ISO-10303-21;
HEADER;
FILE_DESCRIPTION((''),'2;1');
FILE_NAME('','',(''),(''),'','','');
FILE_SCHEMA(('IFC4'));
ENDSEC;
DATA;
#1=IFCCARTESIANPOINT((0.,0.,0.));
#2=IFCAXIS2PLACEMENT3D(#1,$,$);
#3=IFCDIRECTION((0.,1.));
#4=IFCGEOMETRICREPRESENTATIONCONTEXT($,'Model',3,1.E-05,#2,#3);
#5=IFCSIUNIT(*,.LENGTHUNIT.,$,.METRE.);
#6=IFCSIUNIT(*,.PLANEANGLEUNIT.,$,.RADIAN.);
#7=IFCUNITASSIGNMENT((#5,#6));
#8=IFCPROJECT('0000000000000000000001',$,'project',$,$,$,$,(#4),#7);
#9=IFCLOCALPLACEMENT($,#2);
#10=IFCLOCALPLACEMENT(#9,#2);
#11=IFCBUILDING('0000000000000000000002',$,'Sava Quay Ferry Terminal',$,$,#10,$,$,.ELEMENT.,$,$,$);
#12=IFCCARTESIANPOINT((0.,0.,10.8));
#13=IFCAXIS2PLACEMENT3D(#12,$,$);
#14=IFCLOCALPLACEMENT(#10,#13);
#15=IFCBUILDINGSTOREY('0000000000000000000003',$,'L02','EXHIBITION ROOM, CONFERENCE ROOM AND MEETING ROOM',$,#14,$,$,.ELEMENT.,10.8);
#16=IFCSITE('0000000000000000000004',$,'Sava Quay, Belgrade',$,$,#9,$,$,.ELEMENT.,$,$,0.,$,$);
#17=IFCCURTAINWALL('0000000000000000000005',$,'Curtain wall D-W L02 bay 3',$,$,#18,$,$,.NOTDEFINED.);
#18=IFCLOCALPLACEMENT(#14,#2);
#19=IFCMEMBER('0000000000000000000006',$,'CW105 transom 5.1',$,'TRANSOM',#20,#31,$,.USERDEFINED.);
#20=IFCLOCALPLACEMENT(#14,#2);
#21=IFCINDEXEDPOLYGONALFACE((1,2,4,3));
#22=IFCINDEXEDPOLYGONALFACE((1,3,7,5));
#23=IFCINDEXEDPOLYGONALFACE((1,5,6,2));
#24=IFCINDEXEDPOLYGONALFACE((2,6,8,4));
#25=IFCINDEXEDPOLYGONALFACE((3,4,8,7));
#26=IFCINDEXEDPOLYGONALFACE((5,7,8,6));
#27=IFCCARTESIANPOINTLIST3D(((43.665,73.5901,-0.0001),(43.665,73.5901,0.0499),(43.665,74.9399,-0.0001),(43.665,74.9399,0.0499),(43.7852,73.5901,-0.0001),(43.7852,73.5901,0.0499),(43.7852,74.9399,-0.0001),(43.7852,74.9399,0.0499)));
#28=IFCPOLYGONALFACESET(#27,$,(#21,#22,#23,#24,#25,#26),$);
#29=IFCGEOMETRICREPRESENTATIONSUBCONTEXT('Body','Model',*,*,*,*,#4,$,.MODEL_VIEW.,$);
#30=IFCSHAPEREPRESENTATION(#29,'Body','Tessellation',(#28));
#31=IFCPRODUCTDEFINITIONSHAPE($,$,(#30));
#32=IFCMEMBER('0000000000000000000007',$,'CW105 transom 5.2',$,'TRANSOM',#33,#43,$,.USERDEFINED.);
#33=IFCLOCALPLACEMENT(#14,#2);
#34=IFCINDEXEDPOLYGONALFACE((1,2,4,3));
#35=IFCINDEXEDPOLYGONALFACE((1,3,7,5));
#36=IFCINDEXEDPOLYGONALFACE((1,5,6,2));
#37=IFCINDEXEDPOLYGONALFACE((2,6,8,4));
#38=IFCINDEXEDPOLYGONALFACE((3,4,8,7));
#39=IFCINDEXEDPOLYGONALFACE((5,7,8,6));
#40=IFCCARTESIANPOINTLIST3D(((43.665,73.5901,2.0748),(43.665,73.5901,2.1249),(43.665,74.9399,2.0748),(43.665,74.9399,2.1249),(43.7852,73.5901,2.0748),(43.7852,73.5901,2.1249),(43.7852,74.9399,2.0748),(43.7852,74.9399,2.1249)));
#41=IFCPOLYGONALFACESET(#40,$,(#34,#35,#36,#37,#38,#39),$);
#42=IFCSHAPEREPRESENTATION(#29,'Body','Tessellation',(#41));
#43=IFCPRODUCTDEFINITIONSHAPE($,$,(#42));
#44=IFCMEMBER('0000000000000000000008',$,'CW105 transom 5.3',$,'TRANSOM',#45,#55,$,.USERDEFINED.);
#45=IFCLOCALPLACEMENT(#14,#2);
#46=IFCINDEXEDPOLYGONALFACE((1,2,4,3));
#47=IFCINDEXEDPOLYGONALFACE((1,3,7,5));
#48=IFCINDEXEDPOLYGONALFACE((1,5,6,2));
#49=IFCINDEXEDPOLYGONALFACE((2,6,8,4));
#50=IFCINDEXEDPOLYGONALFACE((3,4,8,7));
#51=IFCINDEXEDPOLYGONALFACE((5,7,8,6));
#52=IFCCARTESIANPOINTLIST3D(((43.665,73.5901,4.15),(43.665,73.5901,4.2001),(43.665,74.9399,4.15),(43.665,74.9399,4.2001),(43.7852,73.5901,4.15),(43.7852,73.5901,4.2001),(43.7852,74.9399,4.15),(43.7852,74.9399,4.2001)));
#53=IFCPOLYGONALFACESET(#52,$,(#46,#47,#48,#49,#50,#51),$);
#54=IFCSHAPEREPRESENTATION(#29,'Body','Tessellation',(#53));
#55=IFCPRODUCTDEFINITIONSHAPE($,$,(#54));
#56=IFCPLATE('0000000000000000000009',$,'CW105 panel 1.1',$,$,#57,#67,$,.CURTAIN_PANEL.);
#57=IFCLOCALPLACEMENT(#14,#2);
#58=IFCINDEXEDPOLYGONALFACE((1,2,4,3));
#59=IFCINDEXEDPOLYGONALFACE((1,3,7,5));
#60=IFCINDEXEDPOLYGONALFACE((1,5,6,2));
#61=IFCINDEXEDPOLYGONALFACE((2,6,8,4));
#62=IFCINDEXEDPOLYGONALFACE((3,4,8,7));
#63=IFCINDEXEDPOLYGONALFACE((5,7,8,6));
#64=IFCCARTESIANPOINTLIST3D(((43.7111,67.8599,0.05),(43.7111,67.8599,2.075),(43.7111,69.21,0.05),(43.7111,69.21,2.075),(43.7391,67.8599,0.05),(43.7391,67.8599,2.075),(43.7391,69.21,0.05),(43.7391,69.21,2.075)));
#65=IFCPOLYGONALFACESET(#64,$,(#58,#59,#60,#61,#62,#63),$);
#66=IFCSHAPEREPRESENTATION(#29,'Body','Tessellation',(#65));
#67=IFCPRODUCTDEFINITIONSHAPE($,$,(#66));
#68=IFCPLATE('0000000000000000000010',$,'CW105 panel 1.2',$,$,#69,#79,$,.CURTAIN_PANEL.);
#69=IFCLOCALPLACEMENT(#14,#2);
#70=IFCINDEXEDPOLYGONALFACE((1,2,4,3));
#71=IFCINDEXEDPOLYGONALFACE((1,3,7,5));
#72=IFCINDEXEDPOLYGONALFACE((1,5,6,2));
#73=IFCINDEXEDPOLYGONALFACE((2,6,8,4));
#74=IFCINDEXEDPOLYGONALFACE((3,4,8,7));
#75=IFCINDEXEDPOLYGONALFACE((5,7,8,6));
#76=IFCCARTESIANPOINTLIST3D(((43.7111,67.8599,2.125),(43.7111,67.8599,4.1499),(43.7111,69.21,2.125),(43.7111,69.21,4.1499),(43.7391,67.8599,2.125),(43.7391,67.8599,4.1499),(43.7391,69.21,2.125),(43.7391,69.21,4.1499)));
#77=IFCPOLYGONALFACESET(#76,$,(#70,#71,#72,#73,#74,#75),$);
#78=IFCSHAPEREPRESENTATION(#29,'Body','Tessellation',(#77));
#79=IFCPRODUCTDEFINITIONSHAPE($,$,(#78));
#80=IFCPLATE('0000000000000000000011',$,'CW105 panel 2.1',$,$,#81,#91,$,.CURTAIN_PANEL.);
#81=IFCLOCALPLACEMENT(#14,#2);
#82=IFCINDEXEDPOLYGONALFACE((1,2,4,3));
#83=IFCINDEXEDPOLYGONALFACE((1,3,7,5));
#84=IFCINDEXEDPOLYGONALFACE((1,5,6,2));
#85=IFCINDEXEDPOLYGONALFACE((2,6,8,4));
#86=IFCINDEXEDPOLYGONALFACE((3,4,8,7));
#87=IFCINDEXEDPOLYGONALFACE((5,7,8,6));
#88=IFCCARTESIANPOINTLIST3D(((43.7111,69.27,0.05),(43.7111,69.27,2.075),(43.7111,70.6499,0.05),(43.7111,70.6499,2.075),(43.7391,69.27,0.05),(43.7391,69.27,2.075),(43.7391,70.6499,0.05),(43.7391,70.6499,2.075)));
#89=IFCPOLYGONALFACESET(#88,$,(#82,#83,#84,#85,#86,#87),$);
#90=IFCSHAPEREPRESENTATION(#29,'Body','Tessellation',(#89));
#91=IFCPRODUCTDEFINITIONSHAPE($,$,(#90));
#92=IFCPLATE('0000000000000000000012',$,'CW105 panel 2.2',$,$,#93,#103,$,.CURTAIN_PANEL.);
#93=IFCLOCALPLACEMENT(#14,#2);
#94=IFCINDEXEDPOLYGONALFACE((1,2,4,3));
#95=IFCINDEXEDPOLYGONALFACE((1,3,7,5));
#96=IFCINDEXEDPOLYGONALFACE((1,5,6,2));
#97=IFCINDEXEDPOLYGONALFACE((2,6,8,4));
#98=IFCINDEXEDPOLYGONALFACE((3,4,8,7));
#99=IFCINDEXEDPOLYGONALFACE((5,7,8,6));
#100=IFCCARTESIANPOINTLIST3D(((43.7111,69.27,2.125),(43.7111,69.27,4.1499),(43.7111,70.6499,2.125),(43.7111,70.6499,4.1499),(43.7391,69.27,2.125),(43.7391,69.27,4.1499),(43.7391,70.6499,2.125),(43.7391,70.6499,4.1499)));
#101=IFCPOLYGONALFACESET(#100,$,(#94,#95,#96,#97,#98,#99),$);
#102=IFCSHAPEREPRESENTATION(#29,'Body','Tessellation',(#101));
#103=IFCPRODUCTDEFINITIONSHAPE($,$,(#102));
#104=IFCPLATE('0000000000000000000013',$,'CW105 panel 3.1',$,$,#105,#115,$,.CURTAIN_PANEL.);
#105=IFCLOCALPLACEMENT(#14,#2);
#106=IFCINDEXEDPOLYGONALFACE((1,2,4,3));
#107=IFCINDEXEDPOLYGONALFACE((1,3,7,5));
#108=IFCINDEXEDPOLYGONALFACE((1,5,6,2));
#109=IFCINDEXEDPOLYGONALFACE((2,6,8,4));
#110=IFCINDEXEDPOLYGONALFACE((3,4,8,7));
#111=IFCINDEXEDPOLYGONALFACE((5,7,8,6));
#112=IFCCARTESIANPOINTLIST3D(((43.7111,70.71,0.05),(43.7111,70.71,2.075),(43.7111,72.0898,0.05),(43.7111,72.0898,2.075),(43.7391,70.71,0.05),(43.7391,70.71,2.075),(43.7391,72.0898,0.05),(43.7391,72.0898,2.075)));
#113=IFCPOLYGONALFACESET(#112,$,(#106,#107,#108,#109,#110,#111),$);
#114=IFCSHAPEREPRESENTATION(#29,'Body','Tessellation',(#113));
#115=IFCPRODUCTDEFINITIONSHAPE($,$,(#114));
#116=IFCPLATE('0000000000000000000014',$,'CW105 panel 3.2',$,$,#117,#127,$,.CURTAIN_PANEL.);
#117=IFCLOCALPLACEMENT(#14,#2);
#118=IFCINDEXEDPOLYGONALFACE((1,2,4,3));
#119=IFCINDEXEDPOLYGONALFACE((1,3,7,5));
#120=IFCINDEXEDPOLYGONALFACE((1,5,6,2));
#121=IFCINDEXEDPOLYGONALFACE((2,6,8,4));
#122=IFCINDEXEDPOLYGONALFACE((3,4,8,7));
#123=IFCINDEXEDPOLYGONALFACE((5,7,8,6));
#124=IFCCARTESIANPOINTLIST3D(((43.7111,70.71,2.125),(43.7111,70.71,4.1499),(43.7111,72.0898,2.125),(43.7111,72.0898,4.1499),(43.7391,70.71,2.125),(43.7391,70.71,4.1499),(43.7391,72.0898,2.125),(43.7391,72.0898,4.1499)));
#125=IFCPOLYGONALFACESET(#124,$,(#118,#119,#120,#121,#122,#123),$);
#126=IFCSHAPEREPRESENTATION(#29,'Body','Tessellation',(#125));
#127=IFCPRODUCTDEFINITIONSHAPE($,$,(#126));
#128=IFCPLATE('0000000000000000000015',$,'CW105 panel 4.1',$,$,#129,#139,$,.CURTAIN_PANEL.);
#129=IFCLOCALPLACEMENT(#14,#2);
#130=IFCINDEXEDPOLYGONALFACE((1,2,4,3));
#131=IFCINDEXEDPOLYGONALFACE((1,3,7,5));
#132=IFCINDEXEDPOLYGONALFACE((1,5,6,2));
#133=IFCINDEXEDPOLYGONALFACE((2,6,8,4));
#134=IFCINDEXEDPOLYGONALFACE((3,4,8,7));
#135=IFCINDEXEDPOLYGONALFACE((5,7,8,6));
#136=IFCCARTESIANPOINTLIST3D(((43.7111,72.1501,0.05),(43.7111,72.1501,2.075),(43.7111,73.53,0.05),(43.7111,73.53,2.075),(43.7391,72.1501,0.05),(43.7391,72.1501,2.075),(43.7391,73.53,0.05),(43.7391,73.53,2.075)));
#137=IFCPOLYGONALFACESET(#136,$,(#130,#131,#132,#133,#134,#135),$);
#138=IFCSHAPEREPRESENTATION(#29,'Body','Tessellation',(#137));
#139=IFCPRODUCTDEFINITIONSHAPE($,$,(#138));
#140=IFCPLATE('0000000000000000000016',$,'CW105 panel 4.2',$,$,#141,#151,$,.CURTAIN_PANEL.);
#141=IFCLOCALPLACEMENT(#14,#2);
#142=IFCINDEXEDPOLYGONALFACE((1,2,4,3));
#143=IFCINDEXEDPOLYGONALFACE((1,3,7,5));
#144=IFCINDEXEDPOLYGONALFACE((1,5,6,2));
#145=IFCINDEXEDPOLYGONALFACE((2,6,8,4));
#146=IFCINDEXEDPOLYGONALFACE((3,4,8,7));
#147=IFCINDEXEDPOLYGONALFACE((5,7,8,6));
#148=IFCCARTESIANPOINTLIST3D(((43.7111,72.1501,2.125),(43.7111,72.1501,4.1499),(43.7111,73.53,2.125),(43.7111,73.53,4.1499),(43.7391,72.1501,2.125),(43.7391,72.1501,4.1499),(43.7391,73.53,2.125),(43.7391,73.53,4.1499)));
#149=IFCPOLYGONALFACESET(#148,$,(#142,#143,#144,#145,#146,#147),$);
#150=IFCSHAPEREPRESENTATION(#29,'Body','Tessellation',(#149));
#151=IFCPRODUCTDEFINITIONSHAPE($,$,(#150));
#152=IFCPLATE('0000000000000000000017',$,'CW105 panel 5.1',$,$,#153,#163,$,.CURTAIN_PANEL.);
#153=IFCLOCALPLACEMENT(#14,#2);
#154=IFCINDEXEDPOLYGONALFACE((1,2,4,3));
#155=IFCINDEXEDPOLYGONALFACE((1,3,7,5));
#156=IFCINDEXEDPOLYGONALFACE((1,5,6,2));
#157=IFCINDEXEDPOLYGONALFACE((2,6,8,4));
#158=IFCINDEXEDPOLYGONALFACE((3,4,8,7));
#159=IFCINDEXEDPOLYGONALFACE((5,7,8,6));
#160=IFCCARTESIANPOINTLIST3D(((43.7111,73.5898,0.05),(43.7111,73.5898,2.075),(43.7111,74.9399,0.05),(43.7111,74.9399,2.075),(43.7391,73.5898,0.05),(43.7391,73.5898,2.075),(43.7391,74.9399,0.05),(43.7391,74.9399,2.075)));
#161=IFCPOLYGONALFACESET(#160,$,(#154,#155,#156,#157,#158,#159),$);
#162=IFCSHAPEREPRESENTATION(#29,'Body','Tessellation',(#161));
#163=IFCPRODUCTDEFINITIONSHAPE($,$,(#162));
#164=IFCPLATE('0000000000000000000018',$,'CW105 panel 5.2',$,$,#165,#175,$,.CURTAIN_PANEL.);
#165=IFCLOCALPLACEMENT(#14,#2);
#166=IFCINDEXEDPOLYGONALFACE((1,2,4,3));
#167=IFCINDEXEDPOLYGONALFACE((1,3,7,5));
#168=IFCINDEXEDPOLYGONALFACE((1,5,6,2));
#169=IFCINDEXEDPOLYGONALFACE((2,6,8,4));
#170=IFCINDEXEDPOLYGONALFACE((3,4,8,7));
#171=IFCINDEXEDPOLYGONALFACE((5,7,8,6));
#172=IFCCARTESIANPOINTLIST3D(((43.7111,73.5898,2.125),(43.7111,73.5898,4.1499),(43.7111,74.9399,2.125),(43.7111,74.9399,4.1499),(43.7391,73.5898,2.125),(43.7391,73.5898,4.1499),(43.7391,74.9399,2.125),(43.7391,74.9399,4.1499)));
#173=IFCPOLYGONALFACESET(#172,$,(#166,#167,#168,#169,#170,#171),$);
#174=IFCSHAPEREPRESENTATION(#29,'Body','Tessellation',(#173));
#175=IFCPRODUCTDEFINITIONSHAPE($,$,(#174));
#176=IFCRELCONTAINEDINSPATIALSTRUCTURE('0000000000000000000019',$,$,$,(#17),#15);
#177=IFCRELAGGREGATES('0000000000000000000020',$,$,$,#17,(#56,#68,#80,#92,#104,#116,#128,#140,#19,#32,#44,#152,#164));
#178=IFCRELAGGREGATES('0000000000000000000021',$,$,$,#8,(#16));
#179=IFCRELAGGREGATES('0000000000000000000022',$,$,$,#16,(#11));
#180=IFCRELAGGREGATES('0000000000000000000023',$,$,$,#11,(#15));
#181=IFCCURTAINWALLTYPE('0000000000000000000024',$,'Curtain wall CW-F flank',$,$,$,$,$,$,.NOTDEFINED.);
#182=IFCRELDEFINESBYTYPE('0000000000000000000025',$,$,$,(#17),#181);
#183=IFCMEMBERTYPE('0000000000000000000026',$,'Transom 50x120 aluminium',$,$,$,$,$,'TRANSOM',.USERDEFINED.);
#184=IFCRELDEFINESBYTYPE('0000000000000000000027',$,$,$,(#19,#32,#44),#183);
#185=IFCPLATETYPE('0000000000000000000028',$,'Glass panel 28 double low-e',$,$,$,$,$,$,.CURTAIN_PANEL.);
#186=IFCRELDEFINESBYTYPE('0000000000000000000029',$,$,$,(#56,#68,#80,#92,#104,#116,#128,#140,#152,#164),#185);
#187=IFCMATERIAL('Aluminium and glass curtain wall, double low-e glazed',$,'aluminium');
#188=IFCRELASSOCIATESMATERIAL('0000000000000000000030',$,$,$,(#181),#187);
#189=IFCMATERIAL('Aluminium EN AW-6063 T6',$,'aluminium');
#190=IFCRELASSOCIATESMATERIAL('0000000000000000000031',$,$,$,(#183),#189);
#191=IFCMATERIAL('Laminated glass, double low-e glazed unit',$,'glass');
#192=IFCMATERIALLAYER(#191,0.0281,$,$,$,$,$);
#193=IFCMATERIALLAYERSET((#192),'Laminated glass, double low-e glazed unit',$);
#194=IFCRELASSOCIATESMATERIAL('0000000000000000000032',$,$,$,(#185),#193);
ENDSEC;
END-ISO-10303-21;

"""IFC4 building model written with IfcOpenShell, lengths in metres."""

from ifc_helpers import new_model, si_unit, direction, frame, origin, origin_2d, place, context, subcontext, project, spatial, rectangle, extrude, material, layer, layer_set, material_profile, profile_set, type_object, element, aggregate, save


model = new_model("IFC4")

# Units and contexts
model_context = context("Model", 3, precision=1e-05, world=origin(), true_north=direction((0.0, 1.0)))
body_context = subcontext(model_context, "Body", "Model", "MODEL_VIEW")
ifc_project = project(units=[si_unit("LENGTHUNIT", "METRE"), si_unit("PLANEANGLEUNIT", "RADIAN")], contexts=[model_context])

# Site, building, storey
site_placement = place(None, origin())
site = spatial("IfcSite", under=ifc_project, at=site_placement, Name="Sava Quay, Belgrade", CompositionType="ELEMENT", RefElevation=0.0)
building_placement = place(site_placement, origin())
building = spatial("IfcBuilding", under=site, at=building_placement, Name="Sava Quay Ferry Terminal", CompositionType="ELEMENT")
storey_placement = place(building_placement, frame((0.0, 0.0, 10.8)))
storey = spatial("IfcBuildingStorey", under=building, at=storey_placement, Name="L02", Description="EXHIBITION ROOM, CONFERENCE ROOM AND MEETING ROOM", CompositionType="ELEMENT", Elevation=10.8)

# Shared definitions
ifc_material_1 = material(Name="Aluminium and glass curtain wall, double low-e glazed", Category="aluminium")
curtain_wall_type = type_object("IfcCurtainWallType", Name="Curtain wall CW-F flank", PredefinedType="NOTDEFINED", material=ifc_material_1)

# Curtain wall, members, plates
curtain_wall_1_placement = place(storey_placement, origin())
curtain_wall_1 = element("IfcCurtainWall", 1, at=curtain_wall_1_placement, inside=storey, type_object=curtain_wall_type, Name="Curtain wall D-W L02 bay 3", PredefinedType="NOTDEFINED")
ifc_material_2 = material(Name="Aluminium EN AW-6063 T6", Category="aluminium")
ifc_material_profile_1 = material_profile(ifc_material_2, rectangle(XDim=0.1201, YDim=0.05, at=origin_2d()), Name="Transom 50x120 aluminium")
ifc_profile_set_1 = profile_set([ifc_material_profile_1], Name="Aluminium EN AW-6063 T6")
member_type_1 = type_object("IfcMemberType", Name="Transom 50x120 aluminium", ElementType="TRANSOM", PredefinedType="USERDEFINED", material=ifc_profile_set_1)
member_1_placement = place(storey_placement, frame((43.7251, 73.5901, 0.0249), z_axis=(0.0, 1.0, 0.0), x_axis=(-1.0, 0.0, 0.0)))
member_1 = element("IfcMember", 2, at=member_1_placement, type_object=member_type_1, Name="CW105 transom 5.1", ObjectType="TRANSOM", PredefinedType="USERDEFINED", context=body_context, shape_type="SweptSolid", body=[
    extrude(rectangle(XDim=0.1201, YDim=0.05, at=origin_2d()), origin(), (0.0, 0.0, 1.0), 1.3499),
])
member_2_placement = place(storey_placement, frame((43.7251, 73.5901, 2.0999), z_axis=(0.0, 1.0, 0.0), x_axis=(-1.0, 0.0, 0.0)))
member_2 = element("IfcMember", 3, at=member_2_placement, type_object=member_type_1, Name="CW105 transom 5.2", ObjectType="TRANSOM", PredefinedType="USERDEFINED", context=body_context, shape_type="SweptSolid", body=[
    extrude(rectangle(XDim=0.1201, YDim=0.05, at=origin_2d()), origin(), (0.0, 0.0, 1.0), 1.3499),
])
member_3_placement = place(storey_placement, frame((43.7251, 73.5901, 4.175), z_axis=(0.0, 1.0, 0.0), x_axis=(-1.0, 0.0, 0.0)))
member_3 = element("IfcMember", 4, at=member_3_placement, type_object=member_type_1, Name="CW105 transom 5.3", ObjectType="TRANSOM", PredefinedType="USERDEFINED", context=body_context, shape_type="SweptSolid", body=[
    extrude(rectangle(XDim=0.1201, YDim=0.05, at=origin_2d()), origin(), (0.0, 0.0, 1.0), 1.3499),
])
ifc_material_3 = material(Name="Laminated glass, double low-e glazed unit", Category="glass")
ifc_layer = layer(ifc_material_3, 0.0281)
ifc_layer_set = layer_set([ifc_layer], Name="Laminated glass, double low-e glazed unit")
plate_type = type_object("IfcPlateType", Name="Glass panel 28 double low-e", PredefinedType="CURTAIN_PANEL", material=ifc_layer_set)
plate_1_placement = place(storey_placement, frame((43.7251, 68.5349, 0.05), z_axis=(0.0, 0.0, 1.0), x_axis=(0.0, 1.0, 0.0)))
plate_1 = element("IfcPlate", 5, at=plate_1_placement, type_object=plate_type, Name="CW105 panel 1.1", PredefinedType="CURTAIN_PANEL", context=body_context, shape_type="SweptSolid", body=[
    extrude(rectangle(XDim=1.3501, YDim=0.0281, at=origin_2d()), origin(), (0.0, 0.0, 1.0), 2.0249),
])
plate_2_placement = place(storey_placement, frame((43.7251, 68.5349, 2.125), z_axis=(0.0, 0.0, 1.0), x_axis=(0.0, 1.0, 0.0)))
plate_2 = element("IfcPlate", 6, at=plate_2_placement, type_object=plate_type, Name="CW105 panel 1.2", PredefinedType="CURTAIN_PANEL", context=body_context, shape_type="SweptSolid", body=[
    extrude(rectangle(XDim=1.3501, YDim=0.0281, at=origin_2d()), origin(), (0.0, 0.0, 1.0), 2.0249),
])
plate_3_placement = place(storey_placement, frame((43.7251, 69.96, 0.05), z_axis=(0.0, 0.0, 1.0), x_axis=(0.0, 1.0, 0.0)))
plate_3 = element("IfcPlate", 7, at=plate_3_placement, type_object=plate_type, Name="CW105 panel 2.1", PredefinedType="CURTAIN_PANEL", context=body_context, shape_type="SweptSolid", body=[
    extrude(rectangle(XDim=1.3799, YDim=0.0281, at=origin_2d()), origin(), (0.0, 0.0, 1.0), 2.0249),
])
plate_4_placement = place(storey_placement, frame((43.7251, 69.96, 2.125), z_axis=(0.0, 0.0, 1.0), x_axis=(0.0, 1.0, 0.0)))
plate_4 = element("IfcPlate", 8, at=plate_4_placement, type_object=plate_type, Name="CW105 panel 2.2", PredefinedType="CURTAIN_PANEL", context=body_context, shape_type="SweptSolid", body=[
    extrude(rectangle(XDim=1.3799, YDim=0.0281, at=origin_2d()), origin(), (0.0, 0.0, 1.0), 2.0249),
])
plate_5_placement = place(storey_placement, frame((43.7251, 71.3999, 0.05), z_axis=(0.0, 0.0, 1.0), x_axis=(0.0, 1.0, 0.0)))
plate_5 = element("IfcPlate", 9, at=plate_5_placement, type_object=plate_type, Name="CW105 panel 3.1", PredefinedType="CURTAIN_PANEL", context=body_context, shape_type="SweptSolid", body=[
    extrude(rectangle(XDim=1.3799, YDim=0.0281, at=origin_2d()), origin(), (0.0, 0.0, 1.0), 2.0249),
])
plate_6_placement = place(storey_placement, frame((43.7251, 71.3999, 2.125), z_axis=(0.0, 0.0, 1.0), x_axis=(0.0, 1.0, 0.0)))
plate_6 = element("IfcPlate", 10, at=plate_6_placement, type_object=plate_type, Name="CW105 panel 3.2", PredefinedType="CURTAIN_PANEL", context=body_context, shape_type="SweptSolid", body=[
    extrude(rectangle(XDim=1.3799, YDim=0.0281, at=origin_2d()), origin(), (0.0, 0.0, 1.0), 2.0249),
])
plate_7_placement = place(storey_placement, frame((43.7251, 72.8401, 0.05), z_axis=(0.0, 0.0, 1.0), x_axis=(0.0, 1.0, 0.0)))
plate_7 = element("IfcPlate", 11, at=plate_7_placement, type_object=plate_type, Name="CW105 panel 4.1", PredefinedType="CURTAIN_PANEL", context=body_context, shape_type="SweptSolid", body=[
    extrude(rectangle(XDim=1.3799, YDim=0.0281, at=origin_2d()), origin(), (0.0, 0.0, 1.0), 2.0249),
])
plate_8_placement = place(storey_placement, frame((43.7251, 72.8401, 2.125), z_axis=(0.0, 0.0, 1.0), x_axis=(0.0, 1.0, 0.0)))
plate_8 = element("IfcPlate", 12, at=plate_8_placement, type_object=plate_type, Name="CW105 panel 4.2", PredefinedType="CURTAIN_PANEL", context=body_context, shape_type="SweptSolid", body=[
    extrude(rectangle(XDim=1.3799, YDim=0.0281, at=origin_2d()), origin(), (0.0, 0.0, 1.0), 2.0249),
])
plate_9_placement = place(storey_placement, frame((43.7251, 74.2649, 0.05), z_axis=(0.0, 0.0, 1.0), x_axis=(0.0, 1.0, 0.0)))
plate_9 = element("IfcPlate", 13, at=plate_9_placement, type_object=plate_type, Name="CW105 panel 5.1", PredefinedType="CURTAIN_PANEL", context=body_context, shape_type="SweptSolid", body=[
    extrude(rectangle(XDim=1.3501, YDim=0.0281, at=origin_2d()), origin(), (0.0, 0.0, 1.0), 2.0249),
])
plate_10_placement = place(storey_placement, frame((43.7251, 74.2649, 2.125), z_axis=(0.0, 0.0, 1.0), x_axis=(0.0, 1.0, 0.0)))
plate_10 = element("IfcPlate", 14, at=plate_10_placement, type_object=plate_type, Name="CW105 panel 5.2", PredefinedType="CURTAIN_PANEL", context=body_context, shape_type="SweptSolid", body=[
    extrude(rectangle(XDim=1.3501, YDim=0.0281, at=origin_2d()), origin(), (0.0, 0.0, 1.0), 2.0249),
])
aggregate(curtain_wall_1, [plate_1, plate_2, plate_3, plate_4, plate_5, plate_6, plate_7, plate_8, member_1, member_2, member_3, plate_9, plate_10])

save(model, "model.ifc")
